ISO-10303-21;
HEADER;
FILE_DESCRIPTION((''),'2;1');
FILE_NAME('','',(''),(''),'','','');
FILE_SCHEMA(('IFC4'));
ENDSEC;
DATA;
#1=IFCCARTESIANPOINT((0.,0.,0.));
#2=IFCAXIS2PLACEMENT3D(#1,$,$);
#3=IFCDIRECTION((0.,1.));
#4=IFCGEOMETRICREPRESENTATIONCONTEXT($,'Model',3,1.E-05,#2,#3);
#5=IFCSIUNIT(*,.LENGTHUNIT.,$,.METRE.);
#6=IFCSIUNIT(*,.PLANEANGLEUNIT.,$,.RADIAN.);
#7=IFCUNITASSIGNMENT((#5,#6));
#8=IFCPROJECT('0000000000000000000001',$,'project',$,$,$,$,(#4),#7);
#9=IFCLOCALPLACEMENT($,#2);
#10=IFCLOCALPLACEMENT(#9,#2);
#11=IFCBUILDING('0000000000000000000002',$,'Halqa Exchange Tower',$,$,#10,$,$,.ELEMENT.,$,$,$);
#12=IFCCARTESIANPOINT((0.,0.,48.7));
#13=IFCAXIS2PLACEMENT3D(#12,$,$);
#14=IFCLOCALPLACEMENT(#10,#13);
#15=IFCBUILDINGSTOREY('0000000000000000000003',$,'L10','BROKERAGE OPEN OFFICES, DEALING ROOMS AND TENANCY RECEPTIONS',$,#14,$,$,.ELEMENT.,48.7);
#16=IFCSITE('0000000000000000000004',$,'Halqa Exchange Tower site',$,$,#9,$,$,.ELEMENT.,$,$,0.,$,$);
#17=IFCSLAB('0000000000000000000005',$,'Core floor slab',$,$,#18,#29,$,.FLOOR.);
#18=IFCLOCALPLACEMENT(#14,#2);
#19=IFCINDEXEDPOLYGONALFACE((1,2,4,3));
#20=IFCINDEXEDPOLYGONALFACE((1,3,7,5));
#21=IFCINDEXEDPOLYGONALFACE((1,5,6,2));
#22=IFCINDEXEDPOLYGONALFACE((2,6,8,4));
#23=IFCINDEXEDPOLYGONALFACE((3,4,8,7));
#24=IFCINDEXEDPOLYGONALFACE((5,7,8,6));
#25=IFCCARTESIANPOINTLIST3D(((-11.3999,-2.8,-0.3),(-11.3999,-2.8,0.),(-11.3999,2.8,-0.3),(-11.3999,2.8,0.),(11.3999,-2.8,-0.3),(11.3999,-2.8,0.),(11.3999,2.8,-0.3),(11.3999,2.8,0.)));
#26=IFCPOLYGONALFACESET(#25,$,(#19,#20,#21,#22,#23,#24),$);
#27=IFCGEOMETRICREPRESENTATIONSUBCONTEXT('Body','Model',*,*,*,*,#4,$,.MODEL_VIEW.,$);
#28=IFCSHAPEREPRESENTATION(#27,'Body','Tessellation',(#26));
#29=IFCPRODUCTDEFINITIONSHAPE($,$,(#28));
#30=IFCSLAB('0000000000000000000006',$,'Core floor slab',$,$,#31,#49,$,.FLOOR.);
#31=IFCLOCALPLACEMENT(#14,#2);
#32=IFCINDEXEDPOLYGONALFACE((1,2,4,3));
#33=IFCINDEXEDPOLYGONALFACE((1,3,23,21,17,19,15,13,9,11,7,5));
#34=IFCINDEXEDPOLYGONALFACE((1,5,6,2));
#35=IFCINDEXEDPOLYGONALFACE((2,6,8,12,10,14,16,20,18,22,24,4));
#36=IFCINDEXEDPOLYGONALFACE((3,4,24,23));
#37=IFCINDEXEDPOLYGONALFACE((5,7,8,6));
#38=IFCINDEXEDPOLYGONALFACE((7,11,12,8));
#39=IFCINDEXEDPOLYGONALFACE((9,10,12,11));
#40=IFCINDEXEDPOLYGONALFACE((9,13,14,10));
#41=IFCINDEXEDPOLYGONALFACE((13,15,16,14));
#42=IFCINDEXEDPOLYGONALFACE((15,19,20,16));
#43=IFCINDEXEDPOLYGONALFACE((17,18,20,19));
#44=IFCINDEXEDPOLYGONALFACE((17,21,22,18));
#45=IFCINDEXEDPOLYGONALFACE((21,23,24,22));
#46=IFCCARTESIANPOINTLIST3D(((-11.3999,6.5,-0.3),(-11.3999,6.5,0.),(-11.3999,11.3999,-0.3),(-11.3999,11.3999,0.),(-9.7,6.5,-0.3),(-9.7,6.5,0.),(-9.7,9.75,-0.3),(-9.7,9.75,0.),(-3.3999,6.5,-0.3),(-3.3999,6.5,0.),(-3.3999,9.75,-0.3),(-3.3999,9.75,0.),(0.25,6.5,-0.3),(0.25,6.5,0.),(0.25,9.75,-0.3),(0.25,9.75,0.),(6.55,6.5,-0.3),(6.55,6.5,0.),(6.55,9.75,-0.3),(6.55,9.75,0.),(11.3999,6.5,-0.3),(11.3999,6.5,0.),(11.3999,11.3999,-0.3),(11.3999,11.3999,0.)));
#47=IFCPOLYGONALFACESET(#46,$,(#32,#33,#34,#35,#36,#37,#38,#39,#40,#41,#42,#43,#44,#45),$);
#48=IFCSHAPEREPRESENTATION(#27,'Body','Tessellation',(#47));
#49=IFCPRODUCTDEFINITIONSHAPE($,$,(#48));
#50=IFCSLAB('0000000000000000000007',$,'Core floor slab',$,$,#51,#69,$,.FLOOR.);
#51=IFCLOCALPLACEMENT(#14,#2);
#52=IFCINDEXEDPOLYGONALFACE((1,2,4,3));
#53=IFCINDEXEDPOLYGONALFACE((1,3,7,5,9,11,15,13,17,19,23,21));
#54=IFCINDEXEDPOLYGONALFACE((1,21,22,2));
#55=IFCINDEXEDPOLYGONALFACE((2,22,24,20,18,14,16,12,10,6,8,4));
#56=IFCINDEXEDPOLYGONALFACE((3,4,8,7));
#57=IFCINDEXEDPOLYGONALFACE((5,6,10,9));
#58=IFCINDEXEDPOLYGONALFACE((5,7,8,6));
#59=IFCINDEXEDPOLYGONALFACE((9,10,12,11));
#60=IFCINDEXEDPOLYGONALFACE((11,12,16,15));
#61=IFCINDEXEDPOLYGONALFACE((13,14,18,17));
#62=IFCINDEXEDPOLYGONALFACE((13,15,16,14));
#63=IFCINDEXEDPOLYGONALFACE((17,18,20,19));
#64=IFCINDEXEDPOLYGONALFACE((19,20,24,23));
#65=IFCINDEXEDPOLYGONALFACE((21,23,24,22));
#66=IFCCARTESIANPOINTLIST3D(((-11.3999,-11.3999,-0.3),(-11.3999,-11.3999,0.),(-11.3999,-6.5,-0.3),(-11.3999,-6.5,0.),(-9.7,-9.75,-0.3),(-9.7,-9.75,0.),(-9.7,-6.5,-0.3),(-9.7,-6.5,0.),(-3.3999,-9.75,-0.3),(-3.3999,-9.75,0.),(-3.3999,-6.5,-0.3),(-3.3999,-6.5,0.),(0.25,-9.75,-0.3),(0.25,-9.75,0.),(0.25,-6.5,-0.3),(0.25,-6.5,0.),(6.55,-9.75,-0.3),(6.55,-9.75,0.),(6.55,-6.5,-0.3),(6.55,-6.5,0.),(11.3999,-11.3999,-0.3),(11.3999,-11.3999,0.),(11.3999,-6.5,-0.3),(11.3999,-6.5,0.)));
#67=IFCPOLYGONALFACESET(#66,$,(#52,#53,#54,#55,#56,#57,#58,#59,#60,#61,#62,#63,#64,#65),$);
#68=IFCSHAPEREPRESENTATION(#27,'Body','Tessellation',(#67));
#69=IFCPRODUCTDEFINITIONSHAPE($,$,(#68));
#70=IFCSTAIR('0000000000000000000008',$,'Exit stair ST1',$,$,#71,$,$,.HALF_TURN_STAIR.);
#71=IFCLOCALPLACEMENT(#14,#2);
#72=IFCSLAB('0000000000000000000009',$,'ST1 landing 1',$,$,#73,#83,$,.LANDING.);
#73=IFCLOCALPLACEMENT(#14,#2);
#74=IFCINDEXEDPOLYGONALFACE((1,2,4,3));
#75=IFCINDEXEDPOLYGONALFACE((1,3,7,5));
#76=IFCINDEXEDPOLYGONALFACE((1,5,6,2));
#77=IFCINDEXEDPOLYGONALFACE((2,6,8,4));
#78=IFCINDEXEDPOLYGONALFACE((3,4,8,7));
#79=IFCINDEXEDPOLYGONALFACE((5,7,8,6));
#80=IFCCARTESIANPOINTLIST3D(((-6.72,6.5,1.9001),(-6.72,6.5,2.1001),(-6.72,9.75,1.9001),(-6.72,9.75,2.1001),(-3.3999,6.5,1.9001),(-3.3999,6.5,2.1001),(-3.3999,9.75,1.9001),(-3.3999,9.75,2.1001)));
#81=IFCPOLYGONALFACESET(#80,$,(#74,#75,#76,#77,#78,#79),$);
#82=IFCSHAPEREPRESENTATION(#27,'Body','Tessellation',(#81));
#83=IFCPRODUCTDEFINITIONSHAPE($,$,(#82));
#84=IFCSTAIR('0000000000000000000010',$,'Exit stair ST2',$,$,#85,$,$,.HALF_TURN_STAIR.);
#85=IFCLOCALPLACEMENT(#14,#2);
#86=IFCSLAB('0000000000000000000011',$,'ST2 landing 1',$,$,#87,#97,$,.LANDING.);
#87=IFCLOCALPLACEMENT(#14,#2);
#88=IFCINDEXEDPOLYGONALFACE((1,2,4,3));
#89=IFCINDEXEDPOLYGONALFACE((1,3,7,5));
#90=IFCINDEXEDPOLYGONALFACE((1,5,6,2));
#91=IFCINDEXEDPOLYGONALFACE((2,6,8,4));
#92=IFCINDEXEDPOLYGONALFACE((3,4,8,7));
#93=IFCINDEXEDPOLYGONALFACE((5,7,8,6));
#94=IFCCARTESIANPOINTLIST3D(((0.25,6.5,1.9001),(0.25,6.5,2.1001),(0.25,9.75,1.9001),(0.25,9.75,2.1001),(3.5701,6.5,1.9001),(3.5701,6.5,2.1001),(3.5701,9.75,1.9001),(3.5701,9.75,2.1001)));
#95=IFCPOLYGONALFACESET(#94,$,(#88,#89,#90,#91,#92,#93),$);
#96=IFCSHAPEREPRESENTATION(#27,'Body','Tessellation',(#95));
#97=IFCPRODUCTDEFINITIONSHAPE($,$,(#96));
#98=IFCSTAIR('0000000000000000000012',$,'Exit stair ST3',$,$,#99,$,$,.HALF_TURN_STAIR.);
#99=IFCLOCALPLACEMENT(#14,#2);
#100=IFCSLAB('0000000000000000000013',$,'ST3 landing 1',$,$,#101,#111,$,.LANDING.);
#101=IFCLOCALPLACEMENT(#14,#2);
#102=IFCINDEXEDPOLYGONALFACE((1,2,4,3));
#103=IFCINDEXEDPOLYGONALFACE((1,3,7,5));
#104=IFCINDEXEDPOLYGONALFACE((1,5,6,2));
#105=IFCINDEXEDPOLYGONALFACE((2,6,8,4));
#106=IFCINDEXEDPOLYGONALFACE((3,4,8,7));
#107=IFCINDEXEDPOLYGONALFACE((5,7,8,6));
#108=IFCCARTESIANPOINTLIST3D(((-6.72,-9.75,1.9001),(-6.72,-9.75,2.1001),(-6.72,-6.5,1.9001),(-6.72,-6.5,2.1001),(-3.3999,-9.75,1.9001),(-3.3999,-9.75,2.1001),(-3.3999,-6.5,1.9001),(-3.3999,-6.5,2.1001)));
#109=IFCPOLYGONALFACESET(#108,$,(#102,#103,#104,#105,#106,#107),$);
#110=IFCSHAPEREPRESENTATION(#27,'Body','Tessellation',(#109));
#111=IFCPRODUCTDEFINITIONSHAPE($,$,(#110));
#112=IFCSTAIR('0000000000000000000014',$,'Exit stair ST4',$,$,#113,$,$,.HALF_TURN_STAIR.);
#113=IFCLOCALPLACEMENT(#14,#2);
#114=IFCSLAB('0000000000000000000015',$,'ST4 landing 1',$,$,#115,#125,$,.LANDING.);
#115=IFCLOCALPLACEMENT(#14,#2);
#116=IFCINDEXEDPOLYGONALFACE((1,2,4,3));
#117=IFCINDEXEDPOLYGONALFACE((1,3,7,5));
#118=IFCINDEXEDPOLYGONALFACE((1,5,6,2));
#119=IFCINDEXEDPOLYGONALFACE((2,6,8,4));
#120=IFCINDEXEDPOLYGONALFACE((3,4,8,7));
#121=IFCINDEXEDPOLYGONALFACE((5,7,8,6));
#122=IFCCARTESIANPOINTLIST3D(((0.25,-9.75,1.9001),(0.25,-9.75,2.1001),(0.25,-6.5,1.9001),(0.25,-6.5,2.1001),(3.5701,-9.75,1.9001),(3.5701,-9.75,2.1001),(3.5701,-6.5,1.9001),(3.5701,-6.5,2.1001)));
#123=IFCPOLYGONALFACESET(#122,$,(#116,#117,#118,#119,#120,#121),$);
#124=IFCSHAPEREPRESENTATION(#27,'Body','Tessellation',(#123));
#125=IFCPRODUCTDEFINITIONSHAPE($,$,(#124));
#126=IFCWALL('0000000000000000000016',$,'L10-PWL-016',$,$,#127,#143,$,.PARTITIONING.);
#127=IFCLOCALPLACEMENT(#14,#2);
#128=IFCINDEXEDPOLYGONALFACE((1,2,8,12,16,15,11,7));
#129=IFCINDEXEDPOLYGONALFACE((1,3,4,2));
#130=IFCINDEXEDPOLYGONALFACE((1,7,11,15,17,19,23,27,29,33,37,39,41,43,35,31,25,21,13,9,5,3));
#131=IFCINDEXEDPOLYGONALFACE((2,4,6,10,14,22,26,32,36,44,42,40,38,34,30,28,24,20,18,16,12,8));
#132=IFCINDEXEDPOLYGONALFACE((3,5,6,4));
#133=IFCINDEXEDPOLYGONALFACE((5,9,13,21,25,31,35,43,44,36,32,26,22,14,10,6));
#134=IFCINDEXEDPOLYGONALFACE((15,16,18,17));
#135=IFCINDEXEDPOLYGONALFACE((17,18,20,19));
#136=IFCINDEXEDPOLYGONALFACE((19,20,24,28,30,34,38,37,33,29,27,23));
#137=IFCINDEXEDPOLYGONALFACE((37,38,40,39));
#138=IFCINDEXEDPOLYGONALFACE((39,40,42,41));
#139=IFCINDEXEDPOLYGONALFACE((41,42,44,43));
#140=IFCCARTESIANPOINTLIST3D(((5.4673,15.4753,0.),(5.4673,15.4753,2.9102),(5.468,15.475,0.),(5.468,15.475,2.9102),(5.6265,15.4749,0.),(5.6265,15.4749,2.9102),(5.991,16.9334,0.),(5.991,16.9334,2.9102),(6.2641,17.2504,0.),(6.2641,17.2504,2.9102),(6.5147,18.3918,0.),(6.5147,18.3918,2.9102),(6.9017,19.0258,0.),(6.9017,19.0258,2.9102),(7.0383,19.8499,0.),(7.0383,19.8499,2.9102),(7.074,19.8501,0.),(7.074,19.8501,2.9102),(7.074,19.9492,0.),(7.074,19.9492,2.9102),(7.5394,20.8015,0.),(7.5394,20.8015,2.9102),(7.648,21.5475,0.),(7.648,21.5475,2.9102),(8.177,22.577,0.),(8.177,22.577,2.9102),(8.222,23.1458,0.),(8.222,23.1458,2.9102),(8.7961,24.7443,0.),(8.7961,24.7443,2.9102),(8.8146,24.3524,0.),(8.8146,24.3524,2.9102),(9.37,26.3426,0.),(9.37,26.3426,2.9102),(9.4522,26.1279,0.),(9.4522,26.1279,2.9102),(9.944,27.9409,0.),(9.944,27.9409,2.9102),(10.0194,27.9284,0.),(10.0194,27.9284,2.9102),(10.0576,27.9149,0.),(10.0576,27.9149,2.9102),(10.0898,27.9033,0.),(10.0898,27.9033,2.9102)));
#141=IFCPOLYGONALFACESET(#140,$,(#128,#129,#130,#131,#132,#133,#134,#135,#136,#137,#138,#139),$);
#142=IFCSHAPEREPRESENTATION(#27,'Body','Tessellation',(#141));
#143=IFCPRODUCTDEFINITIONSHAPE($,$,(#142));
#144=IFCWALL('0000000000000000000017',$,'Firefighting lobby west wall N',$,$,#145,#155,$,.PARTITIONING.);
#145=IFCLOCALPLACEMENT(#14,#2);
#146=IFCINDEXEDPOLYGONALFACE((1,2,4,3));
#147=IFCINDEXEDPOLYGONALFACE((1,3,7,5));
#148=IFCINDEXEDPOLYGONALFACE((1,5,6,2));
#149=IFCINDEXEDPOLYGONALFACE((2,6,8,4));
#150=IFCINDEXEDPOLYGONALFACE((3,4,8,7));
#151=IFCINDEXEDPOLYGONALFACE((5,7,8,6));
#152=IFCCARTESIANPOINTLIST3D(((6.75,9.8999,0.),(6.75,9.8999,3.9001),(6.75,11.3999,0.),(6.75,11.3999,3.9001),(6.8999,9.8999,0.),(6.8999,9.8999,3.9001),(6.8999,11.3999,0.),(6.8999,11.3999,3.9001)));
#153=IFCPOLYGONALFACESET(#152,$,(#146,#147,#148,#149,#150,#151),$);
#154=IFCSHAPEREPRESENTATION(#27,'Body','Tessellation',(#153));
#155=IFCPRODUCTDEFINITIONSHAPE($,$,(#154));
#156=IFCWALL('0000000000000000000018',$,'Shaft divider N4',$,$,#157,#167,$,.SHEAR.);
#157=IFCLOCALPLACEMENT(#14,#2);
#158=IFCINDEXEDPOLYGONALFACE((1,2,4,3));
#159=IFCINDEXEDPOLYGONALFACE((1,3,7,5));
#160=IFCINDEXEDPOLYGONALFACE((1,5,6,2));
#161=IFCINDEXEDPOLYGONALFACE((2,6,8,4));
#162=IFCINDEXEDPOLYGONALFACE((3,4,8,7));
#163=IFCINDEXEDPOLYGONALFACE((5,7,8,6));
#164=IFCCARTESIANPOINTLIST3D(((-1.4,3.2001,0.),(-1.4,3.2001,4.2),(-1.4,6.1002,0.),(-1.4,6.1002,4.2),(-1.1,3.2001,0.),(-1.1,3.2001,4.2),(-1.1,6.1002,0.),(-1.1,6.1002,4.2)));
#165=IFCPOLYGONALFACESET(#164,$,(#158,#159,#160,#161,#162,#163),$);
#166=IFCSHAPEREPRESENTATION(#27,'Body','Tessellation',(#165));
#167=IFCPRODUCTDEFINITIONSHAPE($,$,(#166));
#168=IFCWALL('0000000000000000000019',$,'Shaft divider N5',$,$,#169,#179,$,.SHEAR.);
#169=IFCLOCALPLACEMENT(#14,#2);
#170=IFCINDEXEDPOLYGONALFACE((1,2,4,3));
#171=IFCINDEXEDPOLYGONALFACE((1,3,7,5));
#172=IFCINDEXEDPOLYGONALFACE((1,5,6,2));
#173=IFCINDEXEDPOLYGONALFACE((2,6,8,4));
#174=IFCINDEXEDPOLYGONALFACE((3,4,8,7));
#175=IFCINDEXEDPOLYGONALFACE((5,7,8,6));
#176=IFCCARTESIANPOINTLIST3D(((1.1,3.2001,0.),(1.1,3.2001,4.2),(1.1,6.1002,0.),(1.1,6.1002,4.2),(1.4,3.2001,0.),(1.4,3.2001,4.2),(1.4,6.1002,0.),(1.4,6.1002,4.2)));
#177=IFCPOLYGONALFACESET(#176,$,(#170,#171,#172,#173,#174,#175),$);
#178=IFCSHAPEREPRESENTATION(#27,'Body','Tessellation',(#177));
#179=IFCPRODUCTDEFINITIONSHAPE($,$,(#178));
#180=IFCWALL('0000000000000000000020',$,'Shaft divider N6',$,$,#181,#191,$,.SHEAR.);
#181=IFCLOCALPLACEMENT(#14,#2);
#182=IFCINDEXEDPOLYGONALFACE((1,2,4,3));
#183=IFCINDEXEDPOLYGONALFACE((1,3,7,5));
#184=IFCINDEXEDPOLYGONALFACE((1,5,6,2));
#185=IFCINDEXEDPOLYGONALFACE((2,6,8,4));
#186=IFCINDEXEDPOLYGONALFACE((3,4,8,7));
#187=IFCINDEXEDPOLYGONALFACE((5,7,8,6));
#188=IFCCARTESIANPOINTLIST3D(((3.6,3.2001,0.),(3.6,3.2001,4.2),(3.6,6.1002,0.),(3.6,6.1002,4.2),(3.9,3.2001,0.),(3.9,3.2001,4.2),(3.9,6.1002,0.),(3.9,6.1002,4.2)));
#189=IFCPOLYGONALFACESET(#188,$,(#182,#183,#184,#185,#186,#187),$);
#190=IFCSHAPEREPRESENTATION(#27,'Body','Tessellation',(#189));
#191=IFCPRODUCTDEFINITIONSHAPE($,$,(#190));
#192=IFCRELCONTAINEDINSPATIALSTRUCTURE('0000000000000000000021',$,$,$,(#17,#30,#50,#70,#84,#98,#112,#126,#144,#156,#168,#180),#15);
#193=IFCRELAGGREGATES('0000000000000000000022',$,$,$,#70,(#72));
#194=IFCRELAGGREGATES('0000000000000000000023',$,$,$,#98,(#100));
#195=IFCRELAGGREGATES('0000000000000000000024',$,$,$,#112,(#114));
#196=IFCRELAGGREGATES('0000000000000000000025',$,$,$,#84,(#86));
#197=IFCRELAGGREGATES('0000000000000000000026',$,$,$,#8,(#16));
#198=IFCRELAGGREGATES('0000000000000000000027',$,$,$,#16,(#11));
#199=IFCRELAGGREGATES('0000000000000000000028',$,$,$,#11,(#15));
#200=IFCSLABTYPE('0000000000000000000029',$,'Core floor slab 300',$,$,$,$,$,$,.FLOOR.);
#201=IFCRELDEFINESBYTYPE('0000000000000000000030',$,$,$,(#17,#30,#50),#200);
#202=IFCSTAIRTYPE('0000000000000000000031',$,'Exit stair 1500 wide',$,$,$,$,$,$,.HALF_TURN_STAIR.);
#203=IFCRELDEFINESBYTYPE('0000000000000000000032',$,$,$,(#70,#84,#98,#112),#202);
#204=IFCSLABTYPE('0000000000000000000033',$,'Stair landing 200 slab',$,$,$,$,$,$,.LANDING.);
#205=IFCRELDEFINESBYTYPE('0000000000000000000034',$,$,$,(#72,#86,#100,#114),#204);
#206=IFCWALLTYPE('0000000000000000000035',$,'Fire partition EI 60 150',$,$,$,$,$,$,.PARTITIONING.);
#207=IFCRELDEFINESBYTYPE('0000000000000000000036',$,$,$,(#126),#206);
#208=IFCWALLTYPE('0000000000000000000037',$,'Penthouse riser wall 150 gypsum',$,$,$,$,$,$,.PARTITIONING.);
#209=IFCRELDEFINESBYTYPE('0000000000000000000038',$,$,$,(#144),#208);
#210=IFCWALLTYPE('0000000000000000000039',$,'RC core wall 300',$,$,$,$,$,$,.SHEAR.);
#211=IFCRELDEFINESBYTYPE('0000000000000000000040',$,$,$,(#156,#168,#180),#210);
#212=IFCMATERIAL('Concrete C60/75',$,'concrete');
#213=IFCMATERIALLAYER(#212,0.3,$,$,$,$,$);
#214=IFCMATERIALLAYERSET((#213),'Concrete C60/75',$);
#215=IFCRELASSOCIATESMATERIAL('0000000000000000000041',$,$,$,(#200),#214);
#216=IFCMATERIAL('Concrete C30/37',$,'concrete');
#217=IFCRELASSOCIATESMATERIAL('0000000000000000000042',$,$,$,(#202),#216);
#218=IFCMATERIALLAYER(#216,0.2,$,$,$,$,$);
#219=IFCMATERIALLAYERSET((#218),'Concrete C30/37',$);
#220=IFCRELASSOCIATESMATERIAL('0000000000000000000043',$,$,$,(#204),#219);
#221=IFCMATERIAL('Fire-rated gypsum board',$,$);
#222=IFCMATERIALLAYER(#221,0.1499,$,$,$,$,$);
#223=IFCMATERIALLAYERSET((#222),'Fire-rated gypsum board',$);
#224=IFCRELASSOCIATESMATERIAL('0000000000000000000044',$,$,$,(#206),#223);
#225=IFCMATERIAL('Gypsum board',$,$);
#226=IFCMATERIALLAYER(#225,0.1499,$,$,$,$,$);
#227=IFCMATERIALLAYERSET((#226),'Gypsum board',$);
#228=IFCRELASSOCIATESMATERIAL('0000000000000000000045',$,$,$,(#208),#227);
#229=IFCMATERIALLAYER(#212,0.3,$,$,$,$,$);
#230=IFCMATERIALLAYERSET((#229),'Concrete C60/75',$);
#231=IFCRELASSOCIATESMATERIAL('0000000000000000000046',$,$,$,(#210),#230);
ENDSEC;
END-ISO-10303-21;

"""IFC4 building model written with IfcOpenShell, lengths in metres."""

from ifc_helpers import new_model, si_unit, direction, frame, frame_2d, origin, place, context, subcontext, project, spatial, polyline, rectangle, outline, extrude, material, layer, layer_set, type_object, element, aggregate, save


model = new_model("IFC4")

# Units and contexts
model_context = context("Model", 3, precision=1e-05, world=origin(), true_north=direction((0.0, 1.0)))
body_context = subcontext(model_context, "Body", "Model", "MODEL_VIEW")
ifc_project = project(units=[si_unit("LENGTHUNIT", "METRE"), si_unit("PLANEANGLEUNIT", "RADIAN")], contexts=[model_context])

# Site, building, storey
site_placement = place(None, origin())
site = spatial("IfcSite", under=ifc_project, at=site_placement, Name="Halqa Exchange Tower site", CompositionType="ELEMENT", RefElevation=0.0)
building_placement = place(site_placement, origin())
building = spatial("IfcBuilding", under=site, at=building_placement, Name="Halqa Exchange Tower", CompositionType="ELEMENT")
storey_placement = place(building_placement, frame((0.0, 0.0, 48.7)))
storey = spatial("IfcBuildingStorey", under=building, at=storey_placement, Name="L10", Description="BROKERAGE OPEN OFFICES, DEALING ROOMS AND TENANCY RECEPTIONS", CompositionType="ELEMENT", Elevation=48.7)

# Shared definitions
ifc_material_1 = material(Name="Concrete C60/75", Category="concrete")

# Slabs
ifc_layer_1 = layer(ifc_material_1, 0.3)
ifc_layer_set_1 = layer_set([ifc_layer_1], Name="Concrete C60/75")
slab_type_1 = type_object("IfcSlabType", Name="Core floor slab 300", PredefinedType="FLOOR", material=ifc_layer_set_1)
slab_1_placement = place(storey_placement, frame((0.0, 0.0, -0.3)))
element("IfcSlab", 1, at=slab_1_placement, inside=storey, type_object=slab_type_1, Name="Core floor slab", PredefinedType="FLOOR", context=body_context, shape_type="SweptSolid", body=[
    extrude(outline(polyline([(-11.3999, 2.8), (11.3999, 2.8), (11.3999, -2.8), (-11.3999, -2.8), (-11.3999, 2.8)])), origin(), (0.0, 0.0, 1.0), 0.3),
])
slab_2_placement = place(storey_placement, frame((0.0, 0.0, -0.3)))
element("IfcSlab", 2, at=slab_2_placement, inside=storey, type_object=slab_type_1, Name="Core floor slab", PredefinedType="FLOOR", context=body_context, shape_type="SweptSolid", body=[
    extrude(outline(polyline([(-11.3999, 11.3999), (11.3999, 11.3999), (11.3999, 6.5), (6.55, 6.5), (6.55, 9.75), (0.25, 9.75), (0.25, 6.5), (-3.3999, 6.5), (-3.3999, 9.75), (-9.7, 9.75), (-9.7, 6.5), (-11.3999, 6.5), (-11.3999, 11.3999)])), origin(), (0.0, 0.0, 1.0), 0.3),
])
slab_3_placement = place(storey_placement, frame((0.0, 0.0, -0.3)))
element("IfcSlab", 3, at=slab_3_placement, inside=storey, type_object=slab_type_1, Name="Core floor slab", PredefinedType="FLOOR", context=body_context, shape_type="SweptSolid", body=[
    extrude(outline(polyline([(-9.7, -9.75), (-3.3999, -9.75), (-3.3999, -6.5), (0.25, -6.5), (0.25, -9.75), (6.55, -9.75), (6.55, -6.5), (11.3999, -6.5), (11.3999, -11.3999), (-11.3999, -11.3999), (-11.3999, -6.5), (-9.7, -6.5), (-9.7, -9.75)])), origin(), (0.0, 0.0, 1.0), 0.3),
])

# Stairs, slabs
ifc_material_2 = material(Name="Concrete C30/37", Category="concrete")
stair_type = type_object("IfcStairType", Name="Exit stair 1500 wide", PredefinedType="HALF_TURN_STAIR", material=ifc_material_2)
stair_1_placement = place(storey_placement, origin())
stair_1 = element("IfcStair", 4, at=stair_1_placement, inside=storey, type_object=stair_type, Name="Exit stair ST1", PredefinedType="HALF_TURN_STAIR")
ifc_layer_2 = layer(ifc_material_2, 0.2)
ifc_layer_set_2 = layer_set([ifc_layer_2], Name="Concrete C30/37")
slab_type_2 = type_object("IfcSlabType", Name="Stair landing 200 slab", PredefinedType="LANDING", material=ifc_layer_set_2)
slab_4_placement = place(storey_placement, frame((0.0, 0.0, 1.9001)))
slab_4 = element("IfcSlab", 5, at=slab_4_placement, type_object=slab_type_2, Name="ST1 landing 1", PredefinedType="LANDING", context=body_context, shape_type="SweptSolid", body=[
    extrude(outline(polyline([(-6.72, 6.5), (-3.3999, 6.5), (-3.3999, 9.75), (-6.72, 9.75), (-6.72, 6.5)])), origin(), (0.0, 0.0, 1.0), 0.2),
])
aggregate(stair_1, [slab_4])
stair_2_placement = place(storey_placement, origin())
stair_2 = element("IfcStair", 6, at=stair_2_placement, inside=storey, type_object=stair_type, Name="Exit stair ST2", PredefinedType="HALF_TURN_STAIR")
slab_5_placement = place(storey_placement, frame((0.0, 0.0, 1.9001)))
slab_5 = element("IfcSlab", 7, at=slab_5_placement, type_object=slab_type_2, Name="ST2 landing 1", PredefinedType="LANDING", context=body_context, shape_type="SweptSolid", body=[
    extrude(outline(polyline([(0.25, 6.5), (3.5701, 6.5), (3.5701, 9.75), (0.25, 9.75), (0.25, 6.5)])), origin(), (0.0, 0.0, 1.0), 0.2),
])
stair_3_placement = place(storey_placement, origin())
stair_3 = element("IfcStair", 8, at=stair_3_placement, inside=storey, type_object=stair_type, Name="Exit stair ST3", PredefinedType="HALF_TURN_STAIR")
slab_6_placement = place(storey_placement, frame((0.0, 0.0, 1.9001)))
slab_6 = element("IfcSlab", 9, at=slab_6_placement, type_object=slab_type_2, Name="ST3 landing 1", PredefinedType="LANDING", context=body_context, shape_type="SweptSolid", body=[
    extrude(outline(polyline([(-6.72, -9.75), (-3.3999, -9.75), (-3.3999, -6.5), (-6.72, -6.5), (-6.72, -9.75)])), origin(), (0.0, 0.0, 1.0), 0.2),
])
aggregate(stair_3, [slab_6])
stair_4_placement = place(storey_placement, origin())
stair_4 = element("IfcStair", 10, at=stair_4_placement, inside=storey, type_object=stair_type, Name="Exit stair ST4", PredefinedType="HALF_TURN_STAIR")
slab_7_placement = place(storey_placement, frame((0.0, 0.0, 1.9001)))
slab_7 = element("IfcSlab", 11, at=slab_7_placement, type_object=slab_type_2, Name="ST4 landing 1", PredefinedType="LANDING", context=body_context, shape_type="SweptSolid", body=[
    extrude(outline(polyline([(0.25, -9.75), (3.5701, -9.75), (3.5701, -6.5), (0.25, -6.5), (0.25, -9.75)])), origin(), (0.0, 0.0, 1.0), 0.2),
])
aggregate(stair_4, [slab_7])

# Walls
ifc_material_3 = material(Name="Fire-rated gypsum board")
ifc_layer_3 = layer(ifc_material_3, 0.1499)
ifc_layer_set_3 = layer_set([ifc_layer_3], Name="Fire-rated gypsum board")
wall_type_1 = type_object("IfcWallType", Name="Fire partition EI 60 150", PredefinedType="PARTITIONING", material=ifc_layer_set_3)
wall_1_placement = place(storey_placement, frame((5.5378, 15.45, 0.0), z_axis=(0.0, 0.0, 1.0), x_axis=(0.337991, 0.941149, 0.0)))
element("IfcWall", 12, at=wall_1_placement, inside=storey, type_object=wall_type_1, Name="L10-PWL-016", PredefinedType="PARTITIONING", context=body_context, shape_type="SweptSolid", body=[
    extrude(outline(polyline([(13.259, -0.075), (13.259, -0.0408), (13.2588, -0.0002), (13.2451, 0.075), (11.5469, 0.075), (9.8486, 0.075), (8.1501, 0.075), (6.4519, 0.075), (4.7537, 0.075), (4.6604, 0.0415), (4.6482, 0.075), (3.0989, 0.075), (1.5493, 0.075), (0.0, 0.075), (0.0, 0.0742), (0.0535, -0.075), (1.9399, -0.075), (3.8264, -0.075), (5.7131, -0.075), (7.5996, -0.075), (9.4861, -0.075), (11.3726, -0.075), (13.259, -0.075)])), origin(), (0.0, 0.0, 1.0), 2.9102),
])
ifc_material_4 = material(Name="Gypsum board")
ifc_layer_4 = layer(ifc_material_4, 0.1499)
ifc_layer_set_4 = layer_set([ifc_layer_4], Name="Gypsum board")
wall_type_2 = type_object("IfcWallType", Name="Penthouse riser wall 150 gypsum", PredefinedType="PARTITIONING", material=ifc_layer_set_4)
wall_2_placement = place(storey_placement, frame((6.825, 9.8999, 0.0), z_axis=(0.0, 0.0, 1.0), x_axis=(0.0, 1.0, 0.0)))
element("IfcWall", 13, at=wall_2_placement, inside=storey, type_object=wall_type_2, Name="Firefighting lobby west wall N", PredefinedType="PARTITIONING", context=body_context, shape_type="SweptSolid", body=[
    extrude(rectangle(XDim=1.5, YDim=0.1499, at=frame_2d((0.75, 0.0))), origin(), (0.0, 0.0, 1.0), 3.9001),
])
ifc_layer_5 = layer(ifc_material_1, 0.3)
ifc_layer_set_5 = layer_set([ifc_layer_5], Name="Concrete C60/75")
wall_type_3 = type_object("IfcWallType", Name="RC core wall 300", PredefinedType="SHEAR", material=ifc_layer_set_5)
for number, where, z_axis, x_axis, name in (
    (14, (-1.25, 3.2, 0.0), (0.0, 0.0, 1.0), (0.0, 1.0, 0.0), "Shaft divider N4"),
    (15, (1.25, 3.2, 0.0), (0.0, 0.0, 1.0), (0.0, 1.0, 0.0), "Shaft divider N5"),
    (16, (3.75, 3.2, 0.0), (0.0, 0.0, 1.0), (0.0, 1.0, 0.0), "Shaft divider N6"),
):
    element("IfcWall", number, at=place(storey_placement, frame(where, z_axis=z_axis, x_axis=x_axis)), inside=storey, type_object=wall_type_3, Name=name, PredefinedType="SHEAR", context=body_context, shape_type="SweptSolid", body=[
        extrude(rectangle(XDim=2.9001, YDim=0.3, at=frame_2d((1.4502, 0.0))), origin(), (0.0, 0.0, 1.0), 4.2),
    ])

aggregate(stair_2, [slab_5])

save(model, "model.ifc")
